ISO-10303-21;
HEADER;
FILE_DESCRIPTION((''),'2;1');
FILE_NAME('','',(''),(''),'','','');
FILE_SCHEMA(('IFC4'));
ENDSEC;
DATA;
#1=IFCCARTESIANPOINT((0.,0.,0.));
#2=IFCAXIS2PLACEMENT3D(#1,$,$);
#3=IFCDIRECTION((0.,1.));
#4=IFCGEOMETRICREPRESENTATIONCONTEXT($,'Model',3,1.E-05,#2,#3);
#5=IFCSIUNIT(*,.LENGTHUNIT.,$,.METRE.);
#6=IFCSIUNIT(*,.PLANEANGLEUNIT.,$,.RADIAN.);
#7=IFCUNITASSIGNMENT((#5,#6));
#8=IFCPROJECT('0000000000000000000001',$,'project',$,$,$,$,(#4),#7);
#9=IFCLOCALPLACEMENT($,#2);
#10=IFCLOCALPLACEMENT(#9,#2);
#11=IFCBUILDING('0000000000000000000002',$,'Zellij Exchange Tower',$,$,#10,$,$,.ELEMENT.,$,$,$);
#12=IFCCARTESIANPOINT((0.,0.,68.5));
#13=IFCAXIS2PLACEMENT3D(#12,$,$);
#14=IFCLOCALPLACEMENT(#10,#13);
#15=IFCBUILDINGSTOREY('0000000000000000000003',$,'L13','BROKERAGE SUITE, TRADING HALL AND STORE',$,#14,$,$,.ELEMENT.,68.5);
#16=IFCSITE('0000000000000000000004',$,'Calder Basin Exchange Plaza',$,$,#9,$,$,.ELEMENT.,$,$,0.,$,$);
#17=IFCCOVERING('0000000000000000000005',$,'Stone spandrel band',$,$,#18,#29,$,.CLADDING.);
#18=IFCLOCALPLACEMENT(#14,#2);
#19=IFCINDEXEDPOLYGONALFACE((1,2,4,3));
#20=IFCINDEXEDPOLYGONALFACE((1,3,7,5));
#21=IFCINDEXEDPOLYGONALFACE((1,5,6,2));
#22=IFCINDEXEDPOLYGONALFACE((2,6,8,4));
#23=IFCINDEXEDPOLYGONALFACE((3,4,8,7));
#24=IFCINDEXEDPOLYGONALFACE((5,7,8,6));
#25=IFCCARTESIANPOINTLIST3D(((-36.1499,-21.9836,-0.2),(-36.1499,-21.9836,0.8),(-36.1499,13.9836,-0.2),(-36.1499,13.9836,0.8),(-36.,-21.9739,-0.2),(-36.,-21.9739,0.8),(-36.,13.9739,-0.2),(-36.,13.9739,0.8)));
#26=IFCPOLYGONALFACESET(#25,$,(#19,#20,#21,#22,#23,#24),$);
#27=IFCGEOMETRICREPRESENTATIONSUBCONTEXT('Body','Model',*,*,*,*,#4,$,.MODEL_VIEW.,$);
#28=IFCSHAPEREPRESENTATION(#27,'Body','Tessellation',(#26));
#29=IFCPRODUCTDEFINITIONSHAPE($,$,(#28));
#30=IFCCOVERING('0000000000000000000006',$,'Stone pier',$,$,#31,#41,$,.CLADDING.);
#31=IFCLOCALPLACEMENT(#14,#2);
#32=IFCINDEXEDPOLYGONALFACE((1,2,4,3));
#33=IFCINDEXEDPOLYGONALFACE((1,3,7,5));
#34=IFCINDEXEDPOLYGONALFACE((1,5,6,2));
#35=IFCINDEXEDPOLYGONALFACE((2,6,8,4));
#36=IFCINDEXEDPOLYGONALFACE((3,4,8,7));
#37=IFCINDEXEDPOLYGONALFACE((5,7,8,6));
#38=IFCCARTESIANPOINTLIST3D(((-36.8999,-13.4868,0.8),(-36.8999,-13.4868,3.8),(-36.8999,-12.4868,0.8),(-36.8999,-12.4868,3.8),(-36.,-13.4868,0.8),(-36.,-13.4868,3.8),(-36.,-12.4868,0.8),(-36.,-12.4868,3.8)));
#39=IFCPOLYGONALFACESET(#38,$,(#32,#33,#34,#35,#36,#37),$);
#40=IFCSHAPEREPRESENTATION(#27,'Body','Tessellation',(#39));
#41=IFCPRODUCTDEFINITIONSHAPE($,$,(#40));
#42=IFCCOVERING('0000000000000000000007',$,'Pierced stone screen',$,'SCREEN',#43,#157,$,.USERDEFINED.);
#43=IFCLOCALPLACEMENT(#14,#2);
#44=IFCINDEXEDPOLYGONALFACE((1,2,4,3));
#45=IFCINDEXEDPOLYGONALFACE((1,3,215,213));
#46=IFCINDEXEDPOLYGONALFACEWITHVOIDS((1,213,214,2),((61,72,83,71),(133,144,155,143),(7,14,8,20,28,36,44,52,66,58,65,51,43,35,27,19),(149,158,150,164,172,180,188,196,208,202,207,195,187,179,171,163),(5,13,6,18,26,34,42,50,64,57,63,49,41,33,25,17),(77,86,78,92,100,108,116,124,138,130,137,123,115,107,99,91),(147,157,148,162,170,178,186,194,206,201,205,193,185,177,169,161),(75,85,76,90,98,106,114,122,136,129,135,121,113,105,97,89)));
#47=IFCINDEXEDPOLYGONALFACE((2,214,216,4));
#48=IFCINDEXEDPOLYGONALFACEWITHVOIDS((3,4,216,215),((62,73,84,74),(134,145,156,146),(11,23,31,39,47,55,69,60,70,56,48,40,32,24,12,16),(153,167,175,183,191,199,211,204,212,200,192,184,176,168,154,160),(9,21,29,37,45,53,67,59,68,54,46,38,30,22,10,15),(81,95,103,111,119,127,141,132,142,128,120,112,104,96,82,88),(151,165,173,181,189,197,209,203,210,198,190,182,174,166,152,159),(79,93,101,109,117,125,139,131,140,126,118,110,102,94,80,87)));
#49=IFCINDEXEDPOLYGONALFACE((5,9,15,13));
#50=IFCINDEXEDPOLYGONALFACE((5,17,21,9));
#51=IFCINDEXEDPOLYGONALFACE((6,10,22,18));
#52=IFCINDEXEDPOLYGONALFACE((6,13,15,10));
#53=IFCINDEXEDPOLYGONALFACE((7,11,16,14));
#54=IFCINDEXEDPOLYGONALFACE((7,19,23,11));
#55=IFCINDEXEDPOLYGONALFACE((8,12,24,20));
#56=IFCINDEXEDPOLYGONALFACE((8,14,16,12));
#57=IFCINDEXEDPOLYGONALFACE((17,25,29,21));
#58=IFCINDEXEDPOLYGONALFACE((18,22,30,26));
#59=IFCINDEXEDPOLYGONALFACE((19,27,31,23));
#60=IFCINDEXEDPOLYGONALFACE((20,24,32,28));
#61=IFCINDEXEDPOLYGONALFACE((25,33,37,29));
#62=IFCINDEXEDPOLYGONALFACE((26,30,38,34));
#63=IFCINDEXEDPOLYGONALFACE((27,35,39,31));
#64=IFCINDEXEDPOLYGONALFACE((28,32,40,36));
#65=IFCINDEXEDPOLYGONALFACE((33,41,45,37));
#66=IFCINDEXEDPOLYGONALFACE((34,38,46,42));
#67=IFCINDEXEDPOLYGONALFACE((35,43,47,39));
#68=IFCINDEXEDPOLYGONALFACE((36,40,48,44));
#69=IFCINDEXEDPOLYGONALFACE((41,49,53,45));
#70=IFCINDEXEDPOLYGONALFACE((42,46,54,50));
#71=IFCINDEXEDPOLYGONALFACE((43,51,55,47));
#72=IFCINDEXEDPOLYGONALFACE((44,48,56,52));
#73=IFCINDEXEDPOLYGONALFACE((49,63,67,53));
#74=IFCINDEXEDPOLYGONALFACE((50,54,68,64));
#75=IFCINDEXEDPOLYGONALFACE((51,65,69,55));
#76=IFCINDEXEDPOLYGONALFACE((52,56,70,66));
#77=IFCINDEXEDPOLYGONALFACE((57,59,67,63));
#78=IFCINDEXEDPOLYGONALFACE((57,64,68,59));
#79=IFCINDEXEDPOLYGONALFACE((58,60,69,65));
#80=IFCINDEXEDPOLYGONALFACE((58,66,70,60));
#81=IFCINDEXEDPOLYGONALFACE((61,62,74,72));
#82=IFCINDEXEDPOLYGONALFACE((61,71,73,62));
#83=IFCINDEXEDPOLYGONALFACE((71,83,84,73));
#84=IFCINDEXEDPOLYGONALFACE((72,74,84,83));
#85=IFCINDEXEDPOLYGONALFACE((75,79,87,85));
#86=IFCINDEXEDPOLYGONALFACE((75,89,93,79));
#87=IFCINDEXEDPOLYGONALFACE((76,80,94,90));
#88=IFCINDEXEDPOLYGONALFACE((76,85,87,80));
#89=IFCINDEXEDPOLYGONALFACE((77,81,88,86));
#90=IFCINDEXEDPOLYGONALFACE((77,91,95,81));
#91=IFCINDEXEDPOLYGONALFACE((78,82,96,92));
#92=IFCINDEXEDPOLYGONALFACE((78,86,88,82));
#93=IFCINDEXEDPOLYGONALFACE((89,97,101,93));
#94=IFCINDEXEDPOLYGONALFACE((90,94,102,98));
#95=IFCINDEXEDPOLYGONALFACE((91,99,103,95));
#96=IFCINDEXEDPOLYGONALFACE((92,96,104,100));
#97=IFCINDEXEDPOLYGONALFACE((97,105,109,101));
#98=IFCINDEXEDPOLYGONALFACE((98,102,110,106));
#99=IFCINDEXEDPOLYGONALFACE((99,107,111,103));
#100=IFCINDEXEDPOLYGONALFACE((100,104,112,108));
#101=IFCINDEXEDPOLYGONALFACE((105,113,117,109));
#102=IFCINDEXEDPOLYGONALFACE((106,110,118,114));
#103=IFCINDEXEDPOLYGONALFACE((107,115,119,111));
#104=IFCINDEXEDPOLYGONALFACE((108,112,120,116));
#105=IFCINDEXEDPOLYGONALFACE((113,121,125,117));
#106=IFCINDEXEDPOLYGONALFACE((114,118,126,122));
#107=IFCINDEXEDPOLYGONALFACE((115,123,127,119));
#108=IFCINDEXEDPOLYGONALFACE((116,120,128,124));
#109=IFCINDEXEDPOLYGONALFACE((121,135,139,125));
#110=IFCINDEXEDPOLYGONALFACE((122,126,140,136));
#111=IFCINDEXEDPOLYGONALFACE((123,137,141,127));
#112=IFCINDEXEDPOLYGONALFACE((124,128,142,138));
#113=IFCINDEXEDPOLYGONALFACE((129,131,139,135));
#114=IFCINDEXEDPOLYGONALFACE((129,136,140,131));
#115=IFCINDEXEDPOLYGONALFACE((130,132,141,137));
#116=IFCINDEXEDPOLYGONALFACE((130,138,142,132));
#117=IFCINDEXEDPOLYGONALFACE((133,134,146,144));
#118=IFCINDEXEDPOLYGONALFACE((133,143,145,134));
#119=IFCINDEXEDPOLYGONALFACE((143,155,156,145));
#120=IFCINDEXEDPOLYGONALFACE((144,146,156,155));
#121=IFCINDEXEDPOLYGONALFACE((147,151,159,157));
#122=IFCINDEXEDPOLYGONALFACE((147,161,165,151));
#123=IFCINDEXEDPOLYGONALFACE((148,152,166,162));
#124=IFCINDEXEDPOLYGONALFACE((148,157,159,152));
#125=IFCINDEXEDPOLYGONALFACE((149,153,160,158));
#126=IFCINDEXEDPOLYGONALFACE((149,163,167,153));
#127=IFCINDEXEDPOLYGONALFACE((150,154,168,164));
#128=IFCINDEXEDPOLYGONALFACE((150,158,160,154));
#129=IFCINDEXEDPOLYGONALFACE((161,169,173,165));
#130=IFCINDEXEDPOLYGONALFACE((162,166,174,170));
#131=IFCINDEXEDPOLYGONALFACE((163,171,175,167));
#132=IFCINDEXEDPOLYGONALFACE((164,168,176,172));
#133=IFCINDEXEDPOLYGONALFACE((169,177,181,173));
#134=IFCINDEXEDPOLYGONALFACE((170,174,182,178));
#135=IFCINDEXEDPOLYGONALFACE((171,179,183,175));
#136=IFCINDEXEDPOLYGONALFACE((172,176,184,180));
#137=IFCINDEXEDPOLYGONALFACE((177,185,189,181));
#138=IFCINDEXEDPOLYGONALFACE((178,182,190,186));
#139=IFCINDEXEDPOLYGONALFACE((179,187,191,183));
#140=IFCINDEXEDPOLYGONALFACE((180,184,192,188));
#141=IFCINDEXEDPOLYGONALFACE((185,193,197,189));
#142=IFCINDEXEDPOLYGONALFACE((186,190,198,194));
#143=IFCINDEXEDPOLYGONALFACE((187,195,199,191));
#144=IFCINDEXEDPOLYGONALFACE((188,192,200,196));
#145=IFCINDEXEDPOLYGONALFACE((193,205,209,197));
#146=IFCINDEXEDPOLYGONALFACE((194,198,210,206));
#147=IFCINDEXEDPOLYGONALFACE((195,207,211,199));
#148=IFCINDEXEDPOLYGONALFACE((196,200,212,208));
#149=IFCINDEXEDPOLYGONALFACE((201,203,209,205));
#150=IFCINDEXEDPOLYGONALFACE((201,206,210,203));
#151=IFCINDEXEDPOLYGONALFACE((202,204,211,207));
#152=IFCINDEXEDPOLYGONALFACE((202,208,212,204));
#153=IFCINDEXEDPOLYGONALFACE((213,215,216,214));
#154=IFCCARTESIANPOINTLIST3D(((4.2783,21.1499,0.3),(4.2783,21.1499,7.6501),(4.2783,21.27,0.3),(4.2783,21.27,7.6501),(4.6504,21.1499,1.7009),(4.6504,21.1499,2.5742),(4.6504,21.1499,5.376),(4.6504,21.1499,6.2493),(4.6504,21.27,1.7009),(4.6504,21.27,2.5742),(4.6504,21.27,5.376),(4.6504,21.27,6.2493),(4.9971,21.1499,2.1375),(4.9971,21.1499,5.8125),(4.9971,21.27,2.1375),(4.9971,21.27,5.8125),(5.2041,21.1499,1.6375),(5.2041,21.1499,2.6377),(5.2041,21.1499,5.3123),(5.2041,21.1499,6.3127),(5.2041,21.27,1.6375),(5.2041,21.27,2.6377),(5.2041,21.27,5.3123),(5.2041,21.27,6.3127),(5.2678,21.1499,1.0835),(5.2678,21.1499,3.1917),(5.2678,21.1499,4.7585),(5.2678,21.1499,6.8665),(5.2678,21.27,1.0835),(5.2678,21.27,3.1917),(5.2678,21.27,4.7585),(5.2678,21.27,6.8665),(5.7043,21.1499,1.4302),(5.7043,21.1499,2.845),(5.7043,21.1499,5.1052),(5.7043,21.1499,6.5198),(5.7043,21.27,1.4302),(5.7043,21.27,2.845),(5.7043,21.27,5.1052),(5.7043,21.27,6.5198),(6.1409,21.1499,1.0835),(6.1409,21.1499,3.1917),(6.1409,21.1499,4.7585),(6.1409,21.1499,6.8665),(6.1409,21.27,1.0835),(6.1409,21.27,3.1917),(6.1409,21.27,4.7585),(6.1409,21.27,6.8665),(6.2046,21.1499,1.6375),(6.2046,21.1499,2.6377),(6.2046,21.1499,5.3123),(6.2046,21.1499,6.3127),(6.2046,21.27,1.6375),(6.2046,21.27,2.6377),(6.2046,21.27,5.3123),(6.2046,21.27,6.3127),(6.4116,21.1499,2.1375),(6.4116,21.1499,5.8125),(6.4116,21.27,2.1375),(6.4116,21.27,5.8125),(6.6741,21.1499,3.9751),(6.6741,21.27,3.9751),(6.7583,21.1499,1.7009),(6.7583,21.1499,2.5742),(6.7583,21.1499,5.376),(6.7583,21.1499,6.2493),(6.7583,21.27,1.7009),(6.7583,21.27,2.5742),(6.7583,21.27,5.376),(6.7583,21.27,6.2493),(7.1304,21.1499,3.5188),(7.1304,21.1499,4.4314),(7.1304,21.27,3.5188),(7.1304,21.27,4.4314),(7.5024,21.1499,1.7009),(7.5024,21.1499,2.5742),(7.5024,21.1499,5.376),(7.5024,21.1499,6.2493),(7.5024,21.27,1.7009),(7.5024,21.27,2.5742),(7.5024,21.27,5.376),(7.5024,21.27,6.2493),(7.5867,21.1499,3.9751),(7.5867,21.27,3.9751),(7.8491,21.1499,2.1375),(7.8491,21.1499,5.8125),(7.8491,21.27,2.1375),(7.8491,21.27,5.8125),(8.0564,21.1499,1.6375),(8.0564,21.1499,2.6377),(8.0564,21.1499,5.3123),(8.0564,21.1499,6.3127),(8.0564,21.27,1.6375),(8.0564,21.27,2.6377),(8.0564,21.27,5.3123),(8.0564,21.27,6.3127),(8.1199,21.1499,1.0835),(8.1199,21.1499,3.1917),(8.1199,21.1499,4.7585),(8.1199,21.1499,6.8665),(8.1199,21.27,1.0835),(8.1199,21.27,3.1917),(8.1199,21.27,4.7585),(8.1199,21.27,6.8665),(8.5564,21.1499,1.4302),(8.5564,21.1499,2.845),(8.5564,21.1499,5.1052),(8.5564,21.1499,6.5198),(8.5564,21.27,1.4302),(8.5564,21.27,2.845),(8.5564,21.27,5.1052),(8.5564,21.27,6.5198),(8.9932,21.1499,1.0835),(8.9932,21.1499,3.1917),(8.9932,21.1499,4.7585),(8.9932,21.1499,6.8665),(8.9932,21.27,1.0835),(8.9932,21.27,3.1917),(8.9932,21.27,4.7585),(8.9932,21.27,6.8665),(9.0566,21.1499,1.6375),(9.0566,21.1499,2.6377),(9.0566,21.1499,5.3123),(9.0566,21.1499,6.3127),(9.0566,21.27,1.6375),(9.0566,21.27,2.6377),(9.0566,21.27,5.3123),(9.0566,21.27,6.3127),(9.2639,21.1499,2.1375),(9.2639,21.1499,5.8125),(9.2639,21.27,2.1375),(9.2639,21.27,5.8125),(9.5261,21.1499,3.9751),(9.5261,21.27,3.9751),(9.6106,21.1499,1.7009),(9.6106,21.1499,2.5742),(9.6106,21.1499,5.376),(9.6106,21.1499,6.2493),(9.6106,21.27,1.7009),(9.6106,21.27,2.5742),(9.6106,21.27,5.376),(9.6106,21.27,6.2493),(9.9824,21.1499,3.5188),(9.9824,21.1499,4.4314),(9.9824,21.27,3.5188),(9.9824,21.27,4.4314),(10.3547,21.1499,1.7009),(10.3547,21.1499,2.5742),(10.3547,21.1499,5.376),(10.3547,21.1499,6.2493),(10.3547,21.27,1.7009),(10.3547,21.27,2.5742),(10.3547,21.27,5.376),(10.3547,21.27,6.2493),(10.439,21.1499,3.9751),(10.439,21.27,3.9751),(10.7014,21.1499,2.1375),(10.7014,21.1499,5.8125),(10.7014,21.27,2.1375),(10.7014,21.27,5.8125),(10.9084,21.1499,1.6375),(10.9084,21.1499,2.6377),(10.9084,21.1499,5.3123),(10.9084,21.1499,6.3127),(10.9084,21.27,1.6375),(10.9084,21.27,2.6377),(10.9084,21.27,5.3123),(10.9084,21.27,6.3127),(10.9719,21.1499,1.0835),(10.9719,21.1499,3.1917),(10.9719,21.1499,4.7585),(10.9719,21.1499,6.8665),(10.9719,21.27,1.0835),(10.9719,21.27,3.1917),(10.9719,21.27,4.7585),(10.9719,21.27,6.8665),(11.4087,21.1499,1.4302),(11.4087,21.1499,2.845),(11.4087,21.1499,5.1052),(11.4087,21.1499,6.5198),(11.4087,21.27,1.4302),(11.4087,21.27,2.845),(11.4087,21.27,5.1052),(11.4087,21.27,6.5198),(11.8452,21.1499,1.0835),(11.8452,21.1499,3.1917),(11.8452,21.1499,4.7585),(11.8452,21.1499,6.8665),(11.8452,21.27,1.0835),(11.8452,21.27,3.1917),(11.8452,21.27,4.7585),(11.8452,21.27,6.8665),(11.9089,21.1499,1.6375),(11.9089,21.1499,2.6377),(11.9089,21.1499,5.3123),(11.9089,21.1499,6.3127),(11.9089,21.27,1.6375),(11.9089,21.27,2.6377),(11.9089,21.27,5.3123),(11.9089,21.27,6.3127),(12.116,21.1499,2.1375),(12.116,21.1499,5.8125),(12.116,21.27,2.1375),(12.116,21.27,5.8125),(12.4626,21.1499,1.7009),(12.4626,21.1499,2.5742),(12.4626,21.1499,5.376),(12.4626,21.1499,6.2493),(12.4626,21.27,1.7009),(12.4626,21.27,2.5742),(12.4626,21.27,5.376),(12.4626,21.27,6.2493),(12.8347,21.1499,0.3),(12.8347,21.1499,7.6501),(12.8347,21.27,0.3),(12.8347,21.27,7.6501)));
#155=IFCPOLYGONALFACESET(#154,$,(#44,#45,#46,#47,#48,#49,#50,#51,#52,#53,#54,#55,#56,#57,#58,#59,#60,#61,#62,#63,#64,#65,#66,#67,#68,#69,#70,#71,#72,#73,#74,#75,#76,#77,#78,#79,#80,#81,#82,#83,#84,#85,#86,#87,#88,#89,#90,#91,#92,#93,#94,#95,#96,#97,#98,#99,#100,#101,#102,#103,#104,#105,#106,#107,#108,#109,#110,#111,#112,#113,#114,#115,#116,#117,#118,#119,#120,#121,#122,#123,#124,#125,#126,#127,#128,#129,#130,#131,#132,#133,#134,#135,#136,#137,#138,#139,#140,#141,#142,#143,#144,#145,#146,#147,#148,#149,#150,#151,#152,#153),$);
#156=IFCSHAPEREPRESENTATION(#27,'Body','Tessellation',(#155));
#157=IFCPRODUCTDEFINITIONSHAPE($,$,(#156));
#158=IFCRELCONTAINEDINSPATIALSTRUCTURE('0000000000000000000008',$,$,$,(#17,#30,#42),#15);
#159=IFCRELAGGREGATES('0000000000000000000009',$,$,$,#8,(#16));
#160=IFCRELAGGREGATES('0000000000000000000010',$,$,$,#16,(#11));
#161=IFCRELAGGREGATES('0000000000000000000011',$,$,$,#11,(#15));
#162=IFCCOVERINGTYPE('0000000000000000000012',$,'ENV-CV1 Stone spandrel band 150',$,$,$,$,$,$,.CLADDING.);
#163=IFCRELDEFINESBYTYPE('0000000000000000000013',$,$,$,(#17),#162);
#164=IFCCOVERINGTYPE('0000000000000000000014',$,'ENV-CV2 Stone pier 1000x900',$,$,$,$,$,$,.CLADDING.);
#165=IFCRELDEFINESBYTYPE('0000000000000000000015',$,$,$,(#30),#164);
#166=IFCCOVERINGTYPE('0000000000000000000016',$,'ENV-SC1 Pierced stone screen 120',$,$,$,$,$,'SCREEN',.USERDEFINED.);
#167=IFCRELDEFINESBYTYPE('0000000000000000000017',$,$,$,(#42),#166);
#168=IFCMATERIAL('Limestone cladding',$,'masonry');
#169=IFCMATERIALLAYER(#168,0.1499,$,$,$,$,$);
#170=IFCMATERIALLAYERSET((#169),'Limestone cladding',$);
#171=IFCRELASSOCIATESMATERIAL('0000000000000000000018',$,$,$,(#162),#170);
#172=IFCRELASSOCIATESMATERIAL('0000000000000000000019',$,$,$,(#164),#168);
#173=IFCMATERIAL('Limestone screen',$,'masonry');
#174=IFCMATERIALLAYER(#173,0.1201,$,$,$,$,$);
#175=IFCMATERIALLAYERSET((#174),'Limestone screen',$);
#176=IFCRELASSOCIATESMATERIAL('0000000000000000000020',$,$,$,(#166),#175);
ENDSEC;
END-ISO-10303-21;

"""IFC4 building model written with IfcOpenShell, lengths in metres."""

from ifc_helpers import new_model, si_unit, direction, frame, origin, place, context, subcontext, project, spatial, polyline, outline, extrude, material, layer, layer_set, type_object, element, save


model = new_model("IFC4")

# Units and contexts
model_context = context("Model", 3, precision=1e-05, world=origin(), true_north=direction((0.0, 1.0)))
body_context = subcontext(model_context, "Body", "Model", "MODEL_VIEW")
ifc_project = project(units=[si_unit("LENGTHUNIT", "METRE"), si_unit("PLANEANGLEUNIT", "RADIAN")], contexts=[model_context])

# Site, building, storey
site_placement = place(None, origin())
site = spatial("IfcSite", under=ifc_project, at=site_placement, Name="Calder Basin Exchange Plaza", CompositionType="ELEMENT", RefElevation=0.0)
building_placement = place(site_placement, origin())
building = spatial("IfcBuilding", under=site, at=building_placement, Name="Zellij Exchange Tower", CompositionType="ELEMENT")
storey_placement = place(building_placement, frame((0.0, 0.0, 68.5)))
storey = spatial("IfcBuildingStorey", under=building, at=storey_placement, Name="L13", Description="BROKERAGE SUITE, TRADING HALL AND STORE", CompositionType="ELEMENT", Elevation=68.5)

# Coverings
ifc_material_1 = material(Name="Limestone cladding", Category="masonry")
ifc_layer_1 = layer(ifc_material_1, 0.1499)
ifc_layer_set_1 = layer_set([ifc_layer_1], Name="Limestone cladding")
covering_type_1 = type_object("IfcCoveringType", Name="ENV-CV1 Stone spandrel band 150", PredefinedType="CLADDING", material=ifc_layer_set_1)
covering_1_placement = place(storey_placement, frame((0.0, 0.0, -0.2)))
element("IfcCovering", 1, at=covering_1_placement, inside=storey, type_object=covering_type_1, Name="Stone spandrel band", PredefinedType="CLADDING", context=body_context, shape_type="SweptSolid", body=[
    extrude(outline(polyline([(-36.0, 13.9739), (-36.0, -21.9739), (-36.1499, -21.9836), (-36.1499, 13.9836), (-36.0, 13.9739)])), origin(), (0.0, 0.0, 1.0), 1.0),
])
covering_type_2 = type_object("IfcCoveringType", Name="ENV-CV2 Stone pier 1000x900", PredefinedType="CLADDING", material=ifc_material_1)
covering_2_placement = place(storey_placement, frame((0.0, 0.0, 0.8)))
element("IfcCovering", 2, at=covering_2_placement, inside=storey, type_object=covering_type_2, Name="Stone pier", PredefinedType="CLADDING", context=body_context, shape_type="SweptSolid", body=[
    extrude(outline(polyline([(-36.0, -12.4868), (-36.0, -13.4868), (-36.8999, -13.4868), (-36.8999, -12.4868), (-36.0, -12.4868)])), origin(), (0.0, 0.0, 1.0), 3.0),
])
ifc_material_2 = material(Name="Limestone screen", Category="masonry")
ifc_layer_2 = layer(ifc_material_2, 0.1201)
ifc_layer_set_2 = layer_set([ifc_layer_2], Name="Limestone screen")
covering_type_3 = type_object("IfcCoveringType", Name="ENV-SC1 Pierced stone screen 120", ElementType="SCREEN", PredefinedType="USERDEFINED", material=ifc_layer_set_2)
covering_3_placement = place(storey_placement, frame((12.8347, 21.21, 0.3), z_axis=(0.0, 0.0, 1.0), x_axis=(-1.0, 0.0, 0.0)))
element("IfcCovering", 3, at=covering_3_placement, inside=storey, type_object=covering_type_3, Name="Pierced stone screen", ObjectType="SCREEN", PredefinedType="USERDEFINED", context=body_context, shape_type="SweptSolid", body=[
    extrude(outline(polyline([(0.0, 0.0), (8.5564, 0.0), (8.5564, 7.3501), (0.0, 7.3501), (0.0, 0.0)]), holes=[polyline([(2.48, 2.2742), (1.9263, 2.3376), (1.8628, 2.8916), (1.426, 2.5449), (0.9895, 2.8916), (0.9258, 2.3376), (0.3721, 2.2742), (0.7188, 1.8374), (0.3721, 1.4009), (0.9258, 1.3374), (0.9895, 0.7834), (1.426, 1.1301), (1.8628, 0.7834), (1.9263, 1.3374), (2.48, 1.4009), (2.1333, 1.8374), (2.48, 2.2742)]), polyline([(2.48, 5.9492), (1.9263, 6.0127), (1.8628, 6.5664), (1.426, 6.2197), (0.9895, 6.5664), (0.9258, 6.0127), (0.3721, 5.9492), (0.7188, 5.5125), (0.3721, 5.0759), (0.9258, 5.0122), (0.9895, 4.4585), (1.426, 4.8052), (1.8628, 4.4585), (1.9263, 5.0122), (2.48, 5.0759), (2.1333, 5.5125), (2.48, 5.9492)]), polyline([(5.3323, 2.2742), (4.7783, 2.3376), (4.7148, 2.8916), (4.2783, 2.5449), (3.8416, 2.8916), (3.7781, 2.3376), (3.2241, 2.2742), (3.5708, 1.8374), (3.2241, 1.4009), (3.7781, 1.3374), (3.8416, 0.7834), (4.2783, 1.1301), (4.7148, 0.7834), (4.7783, 1.3374), (5.3323, 1.4009), (4.9856, 1.8374), (5.3323, 2.2742)]), polyline([(5.3323, 5.9492), (4.7783, 6.0127), (4.7148, 6.5664), (4.2783, 6.2197), (3.8416, 6.5664), (3.7781, 6.0127), (3.2241, 5.9492), (3.5708, 5.5125), (3.2241, 5.0759), (3.7781, 5.0122), (3.8416, 4.4585), (4.2783, 4.8052), (4.7148, 4.4585), (4.7783, 5.0122), (5.3323, 5.0759), (4.9856, 5.5125), (5.3323, 5.9492)]), polyline([(8.1843, 2.2742), (7.6306, 2.3376), (7.5669, 2.8916), (7.1304, 2.5449), (6.6938, 2.8916), (6.6301, 2.3376), (6.0764, 2.2742), (6.4231, 1.8374), (6.0764, 1.4009), (6.6301, 1.3374), (6.6938, 0.7834), (7.1304, 1.1301), (7.5669, 0.7834), (7.6306, 1.3374), (8.1843, 1.4009), (7.8376, 1.8374), (8.1843, 2.2742)]), polyline([(8.1843, 5.9492), (7.6306, 6.0127), (7.5669, 6.5664), (7.1304, 6.2197), (6.6938, 6.5664), (6.6301, 6.0127), (6.0764, 5.9492), (6.4231, 5.5125), (6.0764, 5.0759), (6.6301, 5.0122), (6.6938, 4.4585), (7.1304, 4.8052), (7.5669, 4.4585), (7.6306, 5.0122), (8.1843, 5.0759), (7.8376, 5.5125), (8.1843, 5.9492)]), polyline([(3.3086, 3.675), (2.8523, 4.1313), (2.3958, 3.675), (2.8523, 3.2188), (3.3086, 3.675)]), polyline([(6.1606, 3.675), (5.7043, 4.1313), (5.248, 3.675), (5.7043, 3.2188), (6.1606, 3.675)])]), frame((0.0, 0.0601, 0.0), z_axis=(0.0, -1.0, 0.0), x_axis=(1.0, 0.0, 0.0)), (0.0, 0.0, 1.0), 0.1201),
])

save(model, "model.ifc")
